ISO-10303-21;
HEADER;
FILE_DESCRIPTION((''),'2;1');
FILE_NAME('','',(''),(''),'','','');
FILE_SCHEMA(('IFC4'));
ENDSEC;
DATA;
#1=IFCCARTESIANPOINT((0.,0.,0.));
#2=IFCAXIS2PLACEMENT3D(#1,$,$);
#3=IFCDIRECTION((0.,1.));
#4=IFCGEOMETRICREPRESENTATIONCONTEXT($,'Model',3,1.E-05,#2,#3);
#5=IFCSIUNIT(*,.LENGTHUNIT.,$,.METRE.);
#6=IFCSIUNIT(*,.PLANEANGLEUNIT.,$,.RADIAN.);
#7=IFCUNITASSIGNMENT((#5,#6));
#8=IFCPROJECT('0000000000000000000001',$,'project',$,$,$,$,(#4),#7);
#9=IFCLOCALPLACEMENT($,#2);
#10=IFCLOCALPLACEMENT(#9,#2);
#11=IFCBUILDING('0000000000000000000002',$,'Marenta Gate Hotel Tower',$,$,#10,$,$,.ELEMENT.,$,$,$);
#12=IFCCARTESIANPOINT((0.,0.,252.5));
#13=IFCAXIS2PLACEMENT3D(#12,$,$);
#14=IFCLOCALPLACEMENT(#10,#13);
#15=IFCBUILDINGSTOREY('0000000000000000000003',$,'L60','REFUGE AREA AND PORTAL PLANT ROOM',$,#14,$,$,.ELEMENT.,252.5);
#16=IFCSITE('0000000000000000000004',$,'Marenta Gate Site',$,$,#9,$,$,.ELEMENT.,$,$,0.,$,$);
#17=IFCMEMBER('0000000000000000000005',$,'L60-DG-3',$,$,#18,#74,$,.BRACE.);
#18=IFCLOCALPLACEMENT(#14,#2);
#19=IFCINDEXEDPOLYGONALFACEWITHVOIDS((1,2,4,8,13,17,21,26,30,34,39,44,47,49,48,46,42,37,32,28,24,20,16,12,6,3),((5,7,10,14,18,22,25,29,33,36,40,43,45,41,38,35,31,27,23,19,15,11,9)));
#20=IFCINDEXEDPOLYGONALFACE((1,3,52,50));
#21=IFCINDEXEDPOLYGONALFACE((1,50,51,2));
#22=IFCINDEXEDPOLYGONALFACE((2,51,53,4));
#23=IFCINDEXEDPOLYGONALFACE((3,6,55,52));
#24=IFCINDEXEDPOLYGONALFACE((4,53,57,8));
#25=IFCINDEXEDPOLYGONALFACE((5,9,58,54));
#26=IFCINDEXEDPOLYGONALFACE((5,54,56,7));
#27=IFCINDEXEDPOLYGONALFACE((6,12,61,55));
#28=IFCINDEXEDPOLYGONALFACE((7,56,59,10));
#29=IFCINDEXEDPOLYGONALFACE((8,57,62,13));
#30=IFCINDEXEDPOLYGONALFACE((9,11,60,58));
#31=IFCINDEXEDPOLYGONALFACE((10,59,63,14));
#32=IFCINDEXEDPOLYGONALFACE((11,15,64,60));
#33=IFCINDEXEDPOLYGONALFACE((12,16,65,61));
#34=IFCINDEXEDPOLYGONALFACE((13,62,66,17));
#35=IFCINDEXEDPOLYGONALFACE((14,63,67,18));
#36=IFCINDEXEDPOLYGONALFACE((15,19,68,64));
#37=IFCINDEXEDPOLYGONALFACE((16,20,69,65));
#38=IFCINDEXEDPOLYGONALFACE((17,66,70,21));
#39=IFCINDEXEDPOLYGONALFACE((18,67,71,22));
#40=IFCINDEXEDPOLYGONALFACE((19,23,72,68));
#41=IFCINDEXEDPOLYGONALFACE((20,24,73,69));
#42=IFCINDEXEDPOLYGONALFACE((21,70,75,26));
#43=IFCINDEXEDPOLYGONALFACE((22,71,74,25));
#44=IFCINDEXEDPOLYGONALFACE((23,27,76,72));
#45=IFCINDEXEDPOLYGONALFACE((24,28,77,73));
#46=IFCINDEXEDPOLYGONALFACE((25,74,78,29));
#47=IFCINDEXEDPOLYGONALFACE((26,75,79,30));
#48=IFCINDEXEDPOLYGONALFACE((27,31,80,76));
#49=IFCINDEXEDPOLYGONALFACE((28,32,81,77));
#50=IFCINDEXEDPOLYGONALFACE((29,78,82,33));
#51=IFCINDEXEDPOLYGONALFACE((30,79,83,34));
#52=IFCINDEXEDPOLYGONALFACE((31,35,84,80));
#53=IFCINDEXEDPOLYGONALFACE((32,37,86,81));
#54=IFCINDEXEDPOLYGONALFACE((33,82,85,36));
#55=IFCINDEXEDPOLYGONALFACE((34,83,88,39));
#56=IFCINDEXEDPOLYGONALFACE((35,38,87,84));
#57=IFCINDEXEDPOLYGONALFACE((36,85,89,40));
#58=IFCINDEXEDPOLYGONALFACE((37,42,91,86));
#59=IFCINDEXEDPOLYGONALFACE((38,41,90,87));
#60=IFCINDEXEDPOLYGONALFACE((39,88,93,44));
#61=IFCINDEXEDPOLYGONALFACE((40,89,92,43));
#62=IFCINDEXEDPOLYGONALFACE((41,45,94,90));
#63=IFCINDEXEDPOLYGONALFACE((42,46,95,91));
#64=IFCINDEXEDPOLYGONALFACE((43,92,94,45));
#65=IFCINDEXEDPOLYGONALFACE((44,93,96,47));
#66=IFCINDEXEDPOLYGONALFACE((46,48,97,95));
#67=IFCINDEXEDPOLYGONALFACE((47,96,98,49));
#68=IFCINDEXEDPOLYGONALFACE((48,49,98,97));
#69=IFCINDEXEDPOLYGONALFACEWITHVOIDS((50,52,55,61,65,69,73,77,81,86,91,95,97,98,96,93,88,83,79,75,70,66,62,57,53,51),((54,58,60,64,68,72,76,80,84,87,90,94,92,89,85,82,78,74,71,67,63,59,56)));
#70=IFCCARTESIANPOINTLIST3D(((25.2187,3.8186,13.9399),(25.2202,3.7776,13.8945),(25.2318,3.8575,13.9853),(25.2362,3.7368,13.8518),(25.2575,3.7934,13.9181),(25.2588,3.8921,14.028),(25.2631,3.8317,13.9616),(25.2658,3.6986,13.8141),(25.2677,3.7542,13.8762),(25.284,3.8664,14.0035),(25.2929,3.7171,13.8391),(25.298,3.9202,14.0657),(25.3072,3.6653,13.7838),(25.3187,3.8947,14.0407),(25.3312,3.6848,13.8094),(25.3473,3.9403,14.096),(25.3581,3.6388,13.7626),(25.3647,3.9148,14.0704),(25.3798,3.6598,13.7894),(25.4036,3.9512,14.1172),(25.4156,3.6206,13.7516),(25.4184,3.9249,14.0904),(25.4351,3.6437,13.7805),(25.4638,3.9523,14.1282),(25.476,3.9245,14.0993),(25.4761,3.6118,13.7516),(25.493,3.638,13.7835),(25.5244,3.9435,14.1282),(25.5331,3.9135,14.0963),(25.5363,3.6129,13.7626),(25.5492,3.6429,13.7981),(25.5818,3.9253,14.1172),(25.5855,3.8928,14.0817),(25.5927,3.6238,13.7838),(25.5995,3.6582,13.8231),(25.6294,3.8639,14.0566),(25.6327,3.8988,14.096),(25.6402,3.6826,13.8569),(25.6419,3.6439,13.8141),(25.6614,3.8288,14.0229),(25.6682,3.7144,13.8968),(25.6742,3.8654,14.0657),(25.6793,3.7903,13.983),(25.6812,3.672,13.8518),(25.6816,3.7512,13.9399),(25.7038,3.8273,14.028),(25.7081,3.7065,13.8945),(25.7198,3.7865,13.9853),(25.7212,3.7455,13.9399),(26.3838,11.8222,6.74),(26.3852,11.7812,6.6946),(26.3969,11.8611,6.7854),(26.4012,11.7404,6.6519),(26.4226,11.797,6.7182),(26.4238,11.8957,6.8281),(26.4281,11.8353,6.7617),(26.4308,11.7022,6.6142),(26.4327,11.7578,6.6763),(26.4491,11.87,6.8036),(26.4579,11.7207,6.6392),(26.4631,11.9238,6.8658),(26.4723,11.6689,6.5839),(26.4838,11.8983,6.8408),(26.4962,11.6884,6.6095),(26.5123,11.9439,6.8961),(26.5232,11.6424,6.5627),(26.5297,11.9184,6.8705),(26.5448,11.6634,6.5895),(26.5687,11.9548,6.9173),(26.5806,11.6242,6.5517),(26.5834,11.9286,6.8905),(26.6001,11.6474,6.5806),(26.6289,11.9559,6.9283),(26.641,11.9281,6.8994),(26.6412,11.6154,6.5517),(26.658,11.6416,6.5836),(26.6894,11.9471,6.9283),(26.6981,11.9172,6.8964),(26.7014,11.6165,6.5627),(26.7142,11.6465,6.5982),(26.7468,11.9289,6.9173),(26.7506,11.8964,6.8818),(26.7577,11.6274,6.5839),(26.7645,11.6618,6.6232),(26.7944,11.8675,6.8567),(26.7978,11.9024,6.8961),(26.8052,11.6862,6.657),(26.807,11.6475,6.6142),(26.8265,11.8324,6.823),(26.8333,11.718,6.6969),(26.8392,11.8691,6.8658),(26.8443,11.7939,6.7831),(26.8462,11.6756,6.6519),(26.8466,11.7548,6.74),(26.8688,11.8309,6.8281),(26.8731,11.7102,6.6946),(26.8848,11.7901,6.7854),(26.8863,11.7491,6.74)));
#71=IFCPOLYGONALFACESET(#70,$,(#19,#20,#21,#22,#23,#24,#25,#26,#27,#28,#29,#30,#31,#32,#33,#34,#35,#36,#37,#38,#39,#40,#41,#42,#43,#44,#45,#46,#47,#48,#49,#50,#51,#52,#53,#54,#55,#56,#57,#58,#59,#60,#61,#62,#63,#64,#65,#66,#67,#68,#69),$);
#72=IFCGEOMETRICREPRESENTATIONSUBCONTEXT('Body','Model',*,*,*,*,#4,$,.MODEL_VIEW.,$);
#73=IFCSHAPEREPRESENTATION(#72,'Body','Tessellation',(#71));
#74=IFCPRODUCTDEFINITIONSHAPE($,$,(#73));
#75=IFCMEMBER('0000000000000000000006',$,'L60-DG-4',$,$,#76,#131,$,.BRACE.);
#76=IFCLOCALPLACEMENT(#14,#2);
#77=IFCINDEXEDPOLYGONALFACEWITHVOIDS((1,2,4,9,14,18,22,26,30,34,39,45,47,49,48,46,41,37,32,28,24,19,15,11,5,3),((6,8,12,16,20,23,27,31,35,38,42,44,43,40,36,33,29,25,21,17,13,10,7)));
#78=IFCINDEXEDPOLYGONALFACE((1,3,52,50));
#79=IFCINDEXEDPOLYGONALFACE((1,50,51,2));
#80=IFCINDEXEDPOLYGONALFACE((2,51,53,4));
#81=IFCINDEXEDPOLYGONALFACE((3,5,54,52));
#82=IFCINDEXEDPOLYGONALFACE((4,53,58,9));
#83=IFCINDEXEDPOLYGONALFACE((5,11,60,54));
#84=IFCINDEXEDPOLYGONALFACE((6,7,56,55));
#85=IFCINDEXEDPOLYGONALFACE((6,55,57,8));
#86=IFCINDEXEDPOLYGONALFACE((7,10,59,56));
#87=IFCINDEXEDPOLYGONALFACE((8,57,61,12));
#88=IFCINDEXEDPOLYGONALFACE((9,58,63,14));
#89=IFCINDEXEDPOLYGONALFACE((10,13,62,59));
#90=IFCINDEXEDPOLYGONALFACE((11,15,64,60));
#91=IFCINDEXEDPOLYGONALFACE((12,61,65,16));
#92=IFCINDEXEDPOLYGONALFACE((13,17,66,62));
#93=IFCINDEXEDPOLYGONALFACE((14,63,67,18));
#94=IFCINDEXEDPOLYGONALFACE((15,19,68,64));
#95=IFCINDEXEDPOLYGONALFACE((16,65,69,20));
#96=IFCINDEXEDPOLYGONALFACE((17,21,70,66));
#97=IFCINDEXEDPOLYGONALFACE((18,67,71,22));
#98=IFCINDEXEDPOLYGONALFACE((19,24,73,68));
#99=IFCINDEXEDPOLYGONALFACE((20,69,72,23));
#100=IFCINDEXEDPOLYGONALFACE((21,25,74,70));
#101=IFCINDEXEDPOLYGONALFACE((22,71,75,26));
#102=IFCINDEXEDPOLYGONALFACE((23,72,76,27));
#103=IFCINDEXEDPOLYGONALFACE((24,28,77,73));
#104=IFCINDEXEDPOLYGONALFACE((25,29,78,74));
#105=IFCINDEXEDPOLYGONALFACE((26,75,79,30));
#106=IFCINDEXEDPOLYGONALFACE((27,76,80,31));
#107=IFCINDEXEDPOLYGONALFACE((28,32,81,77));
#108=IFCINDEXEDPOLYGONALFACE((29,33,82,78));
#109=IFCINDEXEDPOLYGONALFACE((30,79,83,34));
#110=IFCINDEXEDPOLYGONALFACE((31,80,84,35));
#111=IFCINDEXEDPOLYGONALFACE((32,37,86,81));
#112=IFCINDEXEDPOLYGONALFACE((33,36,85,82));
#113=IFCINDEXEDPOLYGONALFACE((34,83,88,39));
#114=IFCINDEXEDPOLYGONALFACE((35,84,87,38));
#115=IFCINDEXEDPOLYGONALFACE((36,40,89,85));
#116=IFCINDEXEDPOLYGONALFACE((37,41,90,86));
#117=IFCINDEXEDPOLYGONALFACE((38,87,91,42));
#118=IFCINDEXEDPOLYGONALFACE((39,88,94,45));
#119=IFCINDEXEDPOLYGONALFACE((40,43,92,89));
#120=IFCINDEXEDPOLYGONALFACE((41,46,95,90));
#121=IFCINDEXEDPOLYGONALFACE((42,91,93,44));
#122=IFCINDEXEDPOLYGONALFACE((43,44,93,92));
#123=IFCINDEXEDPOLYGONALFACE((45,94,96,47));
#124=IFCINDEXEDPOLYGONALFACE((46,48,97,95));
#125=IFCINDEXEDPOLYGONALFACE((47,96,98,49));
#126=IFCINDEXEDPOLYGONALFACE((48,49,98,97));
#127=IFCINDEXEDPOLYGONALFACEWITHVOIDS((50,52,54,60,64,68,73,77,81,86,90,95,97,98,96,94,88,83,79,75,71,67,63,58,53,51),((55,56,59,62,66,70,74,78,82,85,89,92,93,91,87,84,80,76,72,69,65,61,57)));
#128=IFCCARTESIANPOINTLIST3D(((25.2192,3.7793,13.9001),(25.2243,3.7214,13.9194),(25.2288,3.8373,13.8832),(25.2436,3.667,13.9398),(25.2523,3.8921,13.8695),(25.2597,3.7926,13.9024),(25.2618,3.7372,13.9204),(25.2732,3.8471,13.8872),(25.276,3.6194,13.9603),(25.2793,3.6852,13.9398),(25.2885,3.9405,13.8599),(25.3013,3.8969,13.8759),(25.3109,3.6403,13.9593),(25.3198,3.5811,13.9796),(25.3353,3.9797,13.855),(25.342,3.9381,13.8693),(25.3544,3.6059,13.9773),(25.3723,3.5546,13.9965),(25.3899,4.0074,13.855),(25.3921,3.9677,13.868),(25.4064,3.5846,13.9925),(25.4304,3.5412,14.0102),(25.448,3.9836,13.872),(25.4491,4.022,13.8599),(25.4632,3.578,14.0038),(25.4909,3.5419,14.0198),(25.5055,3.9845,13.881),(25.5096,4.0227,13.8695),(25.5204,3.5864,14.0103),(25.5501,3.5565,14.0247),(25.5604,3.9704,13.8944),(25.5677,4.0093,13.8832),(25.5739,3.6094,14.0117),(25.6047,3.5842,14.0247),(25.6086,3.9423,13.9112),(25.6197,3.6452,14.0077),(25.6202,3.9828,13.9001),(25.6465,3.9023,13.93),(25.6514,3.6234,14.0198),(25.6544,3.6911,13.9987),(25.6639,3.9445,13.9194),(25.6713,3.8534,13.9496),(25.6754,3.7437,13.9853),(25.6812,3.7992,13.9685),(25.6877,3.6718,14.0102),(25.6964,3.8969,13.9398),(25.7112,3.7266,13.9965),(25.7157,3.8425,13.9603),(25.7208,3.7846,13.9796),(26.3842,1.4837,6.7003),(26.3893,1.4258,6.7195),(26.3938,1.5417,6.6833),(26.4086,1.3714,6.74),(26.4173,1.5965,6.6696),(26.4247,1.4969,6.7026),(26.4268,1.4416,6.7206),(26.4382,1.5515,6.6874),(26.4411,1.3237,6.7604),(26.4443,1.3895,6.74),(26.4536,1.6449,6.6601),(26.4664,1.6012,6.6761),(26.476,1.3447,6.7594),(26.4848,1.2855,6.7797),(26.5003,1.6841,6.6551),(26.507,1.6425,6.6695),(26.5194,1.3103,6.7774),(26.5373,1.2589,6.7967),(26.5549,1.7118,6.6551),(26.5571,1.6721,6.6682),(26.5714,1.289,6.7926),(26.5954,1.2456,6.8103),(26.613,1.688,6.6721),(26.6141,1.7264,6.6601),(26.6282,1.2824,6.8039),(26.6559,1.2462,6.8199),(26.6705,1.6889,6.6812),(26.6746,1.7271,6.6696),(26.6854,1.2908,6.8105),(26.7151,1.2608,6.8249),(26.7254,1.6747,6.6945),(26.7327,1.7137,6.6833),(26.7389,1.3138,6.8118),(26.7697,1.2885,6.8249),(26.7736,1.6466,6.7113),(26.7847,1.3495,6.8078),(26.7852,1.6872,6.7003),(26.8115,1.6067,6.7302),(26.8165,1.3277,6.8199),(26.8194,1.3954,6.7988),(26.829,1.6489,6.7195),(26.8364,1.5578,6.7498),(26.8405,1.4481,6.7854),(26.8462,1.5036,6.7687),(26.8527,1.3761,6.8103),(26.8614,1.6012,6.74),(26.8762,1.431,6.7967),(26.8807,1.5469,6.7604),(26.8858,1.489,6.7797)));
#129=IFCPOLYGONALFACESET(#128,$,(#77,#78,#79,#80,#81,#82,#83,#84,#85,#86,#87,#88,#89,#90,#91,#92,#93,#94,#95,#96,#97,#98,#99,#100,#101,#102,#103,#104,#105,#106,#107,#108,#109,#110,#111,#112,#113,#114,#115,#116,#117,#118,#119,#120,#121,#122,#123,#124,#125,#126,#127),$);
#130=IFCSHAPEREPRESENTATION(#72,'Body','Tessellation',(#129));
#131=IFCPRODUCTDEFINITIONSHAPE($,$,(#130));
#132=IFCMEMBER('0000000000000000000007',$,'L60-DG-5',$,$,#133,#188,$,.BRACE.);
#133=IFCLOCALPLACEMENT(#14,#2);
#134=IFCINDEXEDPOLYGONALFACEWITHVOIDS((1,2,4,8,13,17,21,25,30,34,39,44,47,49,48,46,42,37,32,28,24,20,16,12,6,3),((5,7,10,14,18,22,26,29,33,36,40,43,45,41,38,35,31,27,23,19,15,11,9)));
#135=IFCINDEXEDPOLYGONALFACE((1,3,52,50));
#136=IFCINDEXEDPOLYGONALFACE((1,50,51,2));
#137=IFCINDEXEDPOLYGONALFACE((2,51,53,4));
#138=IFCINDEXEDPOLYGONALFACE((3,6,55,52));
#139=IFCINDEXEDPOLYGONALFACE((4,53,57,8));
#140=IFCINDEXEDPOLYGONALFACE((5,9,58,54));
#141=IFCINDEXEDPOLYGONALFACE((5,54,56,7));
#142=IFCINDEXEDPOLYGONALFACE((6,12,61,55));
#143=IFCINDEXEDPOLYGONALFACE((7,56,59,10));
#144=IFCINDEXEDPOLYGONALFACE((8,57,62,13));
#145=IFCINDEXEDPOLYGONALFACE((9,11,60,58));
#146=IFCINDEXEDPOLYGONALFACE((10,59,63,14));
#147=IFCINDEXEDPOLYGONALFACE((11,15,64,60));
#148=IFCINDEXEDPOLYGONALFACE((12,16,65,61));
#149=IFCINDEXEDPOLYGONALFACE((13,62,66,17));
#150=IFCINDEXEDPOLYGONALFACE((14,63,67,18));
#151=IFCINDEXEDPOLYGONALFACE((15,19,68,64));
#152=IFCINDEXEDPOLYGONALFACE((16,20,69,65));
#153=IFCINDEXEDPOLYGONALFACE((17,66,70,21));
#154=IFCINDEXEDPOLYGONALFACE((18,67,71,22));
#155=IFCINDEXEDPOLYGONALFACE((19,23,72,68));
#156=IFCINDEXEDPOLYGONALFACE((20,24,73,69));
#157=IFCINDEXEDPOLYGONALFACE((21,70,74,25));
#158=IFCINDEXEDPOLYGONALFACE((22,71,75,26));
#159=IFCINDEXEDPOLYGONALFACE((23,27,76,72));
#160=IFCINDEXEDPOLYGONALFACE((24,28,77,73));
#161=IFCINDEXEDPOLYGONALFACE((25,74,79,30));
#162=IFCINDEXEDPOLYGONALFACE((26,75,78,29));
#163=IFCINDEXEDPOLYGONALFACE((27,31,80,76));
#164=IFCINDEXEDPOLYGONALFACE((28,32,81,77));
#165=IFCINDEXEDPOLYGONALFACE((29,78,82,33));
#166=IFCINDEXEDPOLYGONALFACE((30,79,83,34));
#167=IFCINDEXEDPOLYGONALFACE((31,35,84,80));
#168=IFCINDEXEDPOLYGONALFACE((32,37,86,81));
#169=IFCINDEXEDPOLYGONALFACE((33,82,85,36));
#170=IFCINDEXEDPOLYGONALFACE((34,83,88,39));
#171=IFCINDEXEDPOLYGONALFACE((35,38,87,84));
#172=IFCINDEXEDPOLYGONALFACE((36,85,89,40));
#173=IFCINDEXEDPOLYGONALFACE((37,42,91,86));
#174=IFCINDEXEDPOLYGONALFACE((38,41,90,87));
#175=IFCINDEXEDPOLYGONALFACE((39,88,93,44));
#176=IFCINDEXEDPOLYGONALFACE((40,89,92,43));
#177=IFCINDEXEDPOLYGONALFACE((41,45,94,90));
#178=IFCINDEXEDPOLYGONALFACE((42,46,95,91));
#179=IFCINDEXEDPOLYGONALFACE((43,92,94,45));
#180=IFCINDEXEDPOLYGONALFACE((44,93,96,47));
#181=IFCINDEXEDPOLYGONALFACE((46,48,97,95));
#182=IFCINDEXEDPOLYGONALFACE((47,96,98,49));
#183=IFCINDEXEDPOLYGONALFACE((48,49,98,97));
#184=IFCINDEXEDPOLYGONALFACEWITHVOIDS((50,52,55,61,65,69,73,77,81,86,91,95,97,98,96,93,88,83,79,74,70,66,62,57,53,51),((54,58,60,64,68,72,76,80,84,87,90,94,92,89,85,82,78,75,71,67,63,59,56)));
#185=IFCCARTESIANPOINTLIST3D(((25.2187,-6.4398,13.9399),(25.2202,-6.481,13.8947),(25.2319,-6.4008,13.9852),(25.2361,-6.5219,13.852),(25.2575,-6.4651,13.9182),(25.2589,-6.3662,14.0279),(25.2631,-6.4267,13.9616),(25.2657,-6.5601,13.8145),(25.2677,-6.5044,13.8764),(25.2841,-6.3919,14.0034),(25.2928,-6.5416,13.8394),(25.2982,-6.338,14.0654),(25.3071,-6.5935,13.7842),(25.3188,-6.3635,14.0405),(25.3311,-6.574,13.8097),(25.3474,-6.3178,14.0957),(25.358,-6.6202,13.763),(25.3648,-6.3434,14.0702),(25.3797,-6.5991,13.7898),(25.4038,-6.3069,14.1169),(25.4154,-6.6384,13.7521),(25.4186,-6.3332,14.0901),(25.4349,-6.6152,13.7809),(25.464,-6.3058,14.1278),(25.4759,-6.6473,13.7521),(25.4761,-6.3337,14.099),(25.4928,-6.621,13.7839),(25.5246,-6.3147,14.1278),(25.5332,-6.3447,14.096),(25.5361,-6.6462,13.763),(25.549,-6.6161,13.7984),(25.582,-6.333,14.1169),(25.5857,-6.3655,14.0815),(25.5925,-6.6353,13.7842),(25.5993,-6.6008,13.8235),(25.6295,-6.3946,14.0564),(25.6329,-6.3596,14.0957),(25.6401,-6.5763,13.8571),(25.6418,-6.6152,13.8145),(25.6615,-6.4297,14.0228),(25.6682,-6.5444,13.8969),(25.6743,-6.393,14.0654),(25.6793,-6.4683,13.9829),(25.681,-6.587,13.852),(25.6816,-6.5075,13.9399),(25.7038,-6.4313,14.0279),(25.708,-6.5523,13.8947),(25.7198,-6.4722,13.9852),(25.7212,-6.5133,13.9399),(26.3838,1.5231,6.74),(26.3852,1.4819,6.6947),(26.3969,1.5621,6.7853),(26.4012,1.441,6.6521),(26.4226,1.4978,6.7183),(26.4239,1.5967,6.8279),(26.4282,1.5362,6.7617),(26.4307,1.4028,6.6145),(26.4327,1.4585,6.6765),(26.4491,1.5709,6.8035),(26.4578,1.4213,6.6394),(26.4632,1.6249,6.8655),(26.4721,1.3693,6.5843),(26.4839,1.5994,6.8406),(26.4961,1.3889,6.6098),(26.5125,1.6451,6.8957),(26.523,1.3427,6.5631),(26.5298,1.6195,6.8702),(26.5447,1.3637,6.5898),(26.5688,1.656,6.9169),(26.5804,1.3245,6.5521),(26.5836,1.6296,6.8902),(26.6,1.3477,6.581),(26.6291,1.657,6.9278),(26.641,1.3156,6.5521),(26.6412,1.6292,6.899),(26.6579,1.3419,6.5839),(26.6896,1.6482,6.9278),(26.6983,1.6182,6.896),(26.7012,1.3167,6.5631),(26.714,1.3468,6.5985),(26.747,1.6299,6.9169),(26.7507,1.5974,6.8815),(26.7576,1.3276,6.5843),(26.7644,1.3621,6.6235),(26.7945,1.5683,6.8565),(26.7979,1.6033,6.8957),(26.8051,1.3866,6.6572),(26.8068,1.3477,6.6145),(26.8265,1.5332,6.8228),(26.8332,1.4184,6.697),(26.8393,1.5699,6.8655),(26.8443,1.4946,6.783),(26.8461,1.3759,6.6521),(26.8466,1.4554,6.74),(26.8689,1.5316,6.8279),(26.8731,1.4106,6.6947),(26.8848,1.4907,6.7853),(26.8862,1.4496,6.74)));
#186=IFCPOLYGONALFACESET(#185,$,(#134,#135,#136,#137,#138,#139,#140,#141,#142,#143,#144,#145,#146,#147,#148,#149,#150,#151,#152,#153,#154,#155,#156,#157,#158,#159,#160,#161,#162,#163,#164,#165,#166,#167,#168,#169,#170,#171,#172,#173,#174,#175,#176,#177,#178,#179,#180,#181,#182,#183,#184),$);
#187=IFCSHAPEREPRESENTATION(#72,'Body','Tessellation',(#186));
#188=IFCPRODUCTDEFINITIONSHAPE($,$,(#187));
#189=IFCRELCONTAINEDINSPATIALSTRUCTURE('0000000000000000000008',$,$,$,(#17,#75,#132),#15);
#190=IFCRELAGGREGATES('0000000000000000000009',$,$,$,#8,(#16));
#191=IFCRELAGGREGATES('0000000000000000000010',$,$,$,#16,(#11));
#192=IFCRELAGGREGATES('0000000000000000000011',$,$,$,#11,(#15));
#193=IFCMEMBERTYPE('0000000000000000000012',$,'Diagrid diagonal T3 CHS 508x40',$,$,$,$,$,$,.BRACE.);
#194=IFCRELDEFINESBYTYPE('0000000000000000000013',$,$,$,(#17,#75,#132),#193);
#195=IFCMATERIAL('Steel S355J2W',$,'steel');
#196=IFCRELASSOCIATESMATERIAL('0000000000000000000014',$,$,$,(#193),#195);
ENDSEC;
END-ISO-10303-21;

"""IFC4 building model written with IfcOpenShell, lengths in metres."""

from ifc_helpers import new_model, si_unit, direction, frame, origin, origin_2d, place, context, subcontext, project, spatial, hollow_circle, extrude, material, material_profile, profile_set, type_object, element, save


model = new_model("IFC4")

# Units and contexts
model_context = context("Model", 3, precision=1e-05, world=origin(), true_north=direction((0.0, 1.0)))
body_context = subcontext(model_context, "Body", "Model", "MODEL_VIEW")
ifc_project = project(units=[si_unit("LENGTHUNIT", "METRE"), si_unit("PLANEANGLEUNIT", "RADIAN")], contexts=[model_context])

# Site, building, storey
site_placement = place(None, origin())
site = spatial("IfcSite", under=ifc_project, at=site_placement, Name="Marenta Gate Site", CompositionType="ELEMENT", RefElevation=0.0)
building_placement = place(site_placement, origin())
building = spatial("IfcBuilding", under=site, at=building_placement, Name="Marenta Gate Hotel Tower", CompositionType="ELEMENT")
storey_placement = place(building_placement, frame((0.0, 0.0, 252.5)))
storey = spatial("IfcBuildingStorey", under=building, at=storey_placement, Name="L60", Description="REFUGE AREA AND PORTAL PLANT ROOM", CompositionType="ELEMENT", Elevation=252.5)

# Members
ifc_material_1 = material(Name="Steel S355J2W", Category="steel")
ifc_material_profile_1 = material_profile(ifc_material_1, hollow_circle(Radius=0.2539, WallThickness=0.04, at=origin_2d()), Name="CHS 508x40")
ifc_profile_set_1 = profile_set([ifc_material_profile_1], Name="Steel S355J2W")
member_type_1 = type_object("IfcMemberType", Name="Diagrid diagonal T3 CHS 508x40", PredefinedType="BRACE", material=ifc_profile_set_1)
member_1_placement = place(storey_placement, frame((26.635, 11.7856, 6.74), z_axis=(-0.107591, -0.739133, 0.664911), x_axis=(0.989571, -0.144045, 0.0)))
element("IfcMember", 1, at=member_1_placement, inside=storey, type_object=member_type_1, Name="L60-DG-3", PredefinedType="BRACE", context=body_context, shape_type="SweptSolid", body=[
    extrude(hollow_circle(Radius=0.2539, WallThickness=0.04, at=origin_2d()), origin(), (0.0, 0.0, 1.0), 10.8284),
])
member_2_placement = place(storey_placement, frame((26.635, 1.4863, 6.74), z_axis=(-0.152365, 0.300229, 0.94162), x_axis=(-0.891737, -0.452554, 0.0)))
element("IfcMember", 2, at=member_2_placement, inside=storey, type_object=member_type_1, Name="L60-DG-4", PredefinedType="BRACE", context=body_context, shape_type="SweptSolid", body=[
    extrude(hollow_circle(Radius=0.2539, WallThickness=0.04, at=origin_2d()), origin(), (0.0, 0.0, 1.0), 7.6462),
])
member_3_placement = place(storey_placement, frame((26.635, 1.4863, 6.74), z_axis=(-0.107891, -0.737418, 0.666764), x_axis=(0.989466, -0.144767, 0.0)))
element("IfcMember", 3, at=member_3_placement, inside=storey, type_object=member_type_1, Name="L60-DG-5", PredefinedType="BRACE", context=body_context, shape_type="SweptSolid", body=[
    extrude(hollow_circle(Radius=0.2539, WallThickness=0.04, at=origin_2d()), origin(), (0.0, 0.0, 1.0), 10.7983),
])

save(model, "model.ifc")
